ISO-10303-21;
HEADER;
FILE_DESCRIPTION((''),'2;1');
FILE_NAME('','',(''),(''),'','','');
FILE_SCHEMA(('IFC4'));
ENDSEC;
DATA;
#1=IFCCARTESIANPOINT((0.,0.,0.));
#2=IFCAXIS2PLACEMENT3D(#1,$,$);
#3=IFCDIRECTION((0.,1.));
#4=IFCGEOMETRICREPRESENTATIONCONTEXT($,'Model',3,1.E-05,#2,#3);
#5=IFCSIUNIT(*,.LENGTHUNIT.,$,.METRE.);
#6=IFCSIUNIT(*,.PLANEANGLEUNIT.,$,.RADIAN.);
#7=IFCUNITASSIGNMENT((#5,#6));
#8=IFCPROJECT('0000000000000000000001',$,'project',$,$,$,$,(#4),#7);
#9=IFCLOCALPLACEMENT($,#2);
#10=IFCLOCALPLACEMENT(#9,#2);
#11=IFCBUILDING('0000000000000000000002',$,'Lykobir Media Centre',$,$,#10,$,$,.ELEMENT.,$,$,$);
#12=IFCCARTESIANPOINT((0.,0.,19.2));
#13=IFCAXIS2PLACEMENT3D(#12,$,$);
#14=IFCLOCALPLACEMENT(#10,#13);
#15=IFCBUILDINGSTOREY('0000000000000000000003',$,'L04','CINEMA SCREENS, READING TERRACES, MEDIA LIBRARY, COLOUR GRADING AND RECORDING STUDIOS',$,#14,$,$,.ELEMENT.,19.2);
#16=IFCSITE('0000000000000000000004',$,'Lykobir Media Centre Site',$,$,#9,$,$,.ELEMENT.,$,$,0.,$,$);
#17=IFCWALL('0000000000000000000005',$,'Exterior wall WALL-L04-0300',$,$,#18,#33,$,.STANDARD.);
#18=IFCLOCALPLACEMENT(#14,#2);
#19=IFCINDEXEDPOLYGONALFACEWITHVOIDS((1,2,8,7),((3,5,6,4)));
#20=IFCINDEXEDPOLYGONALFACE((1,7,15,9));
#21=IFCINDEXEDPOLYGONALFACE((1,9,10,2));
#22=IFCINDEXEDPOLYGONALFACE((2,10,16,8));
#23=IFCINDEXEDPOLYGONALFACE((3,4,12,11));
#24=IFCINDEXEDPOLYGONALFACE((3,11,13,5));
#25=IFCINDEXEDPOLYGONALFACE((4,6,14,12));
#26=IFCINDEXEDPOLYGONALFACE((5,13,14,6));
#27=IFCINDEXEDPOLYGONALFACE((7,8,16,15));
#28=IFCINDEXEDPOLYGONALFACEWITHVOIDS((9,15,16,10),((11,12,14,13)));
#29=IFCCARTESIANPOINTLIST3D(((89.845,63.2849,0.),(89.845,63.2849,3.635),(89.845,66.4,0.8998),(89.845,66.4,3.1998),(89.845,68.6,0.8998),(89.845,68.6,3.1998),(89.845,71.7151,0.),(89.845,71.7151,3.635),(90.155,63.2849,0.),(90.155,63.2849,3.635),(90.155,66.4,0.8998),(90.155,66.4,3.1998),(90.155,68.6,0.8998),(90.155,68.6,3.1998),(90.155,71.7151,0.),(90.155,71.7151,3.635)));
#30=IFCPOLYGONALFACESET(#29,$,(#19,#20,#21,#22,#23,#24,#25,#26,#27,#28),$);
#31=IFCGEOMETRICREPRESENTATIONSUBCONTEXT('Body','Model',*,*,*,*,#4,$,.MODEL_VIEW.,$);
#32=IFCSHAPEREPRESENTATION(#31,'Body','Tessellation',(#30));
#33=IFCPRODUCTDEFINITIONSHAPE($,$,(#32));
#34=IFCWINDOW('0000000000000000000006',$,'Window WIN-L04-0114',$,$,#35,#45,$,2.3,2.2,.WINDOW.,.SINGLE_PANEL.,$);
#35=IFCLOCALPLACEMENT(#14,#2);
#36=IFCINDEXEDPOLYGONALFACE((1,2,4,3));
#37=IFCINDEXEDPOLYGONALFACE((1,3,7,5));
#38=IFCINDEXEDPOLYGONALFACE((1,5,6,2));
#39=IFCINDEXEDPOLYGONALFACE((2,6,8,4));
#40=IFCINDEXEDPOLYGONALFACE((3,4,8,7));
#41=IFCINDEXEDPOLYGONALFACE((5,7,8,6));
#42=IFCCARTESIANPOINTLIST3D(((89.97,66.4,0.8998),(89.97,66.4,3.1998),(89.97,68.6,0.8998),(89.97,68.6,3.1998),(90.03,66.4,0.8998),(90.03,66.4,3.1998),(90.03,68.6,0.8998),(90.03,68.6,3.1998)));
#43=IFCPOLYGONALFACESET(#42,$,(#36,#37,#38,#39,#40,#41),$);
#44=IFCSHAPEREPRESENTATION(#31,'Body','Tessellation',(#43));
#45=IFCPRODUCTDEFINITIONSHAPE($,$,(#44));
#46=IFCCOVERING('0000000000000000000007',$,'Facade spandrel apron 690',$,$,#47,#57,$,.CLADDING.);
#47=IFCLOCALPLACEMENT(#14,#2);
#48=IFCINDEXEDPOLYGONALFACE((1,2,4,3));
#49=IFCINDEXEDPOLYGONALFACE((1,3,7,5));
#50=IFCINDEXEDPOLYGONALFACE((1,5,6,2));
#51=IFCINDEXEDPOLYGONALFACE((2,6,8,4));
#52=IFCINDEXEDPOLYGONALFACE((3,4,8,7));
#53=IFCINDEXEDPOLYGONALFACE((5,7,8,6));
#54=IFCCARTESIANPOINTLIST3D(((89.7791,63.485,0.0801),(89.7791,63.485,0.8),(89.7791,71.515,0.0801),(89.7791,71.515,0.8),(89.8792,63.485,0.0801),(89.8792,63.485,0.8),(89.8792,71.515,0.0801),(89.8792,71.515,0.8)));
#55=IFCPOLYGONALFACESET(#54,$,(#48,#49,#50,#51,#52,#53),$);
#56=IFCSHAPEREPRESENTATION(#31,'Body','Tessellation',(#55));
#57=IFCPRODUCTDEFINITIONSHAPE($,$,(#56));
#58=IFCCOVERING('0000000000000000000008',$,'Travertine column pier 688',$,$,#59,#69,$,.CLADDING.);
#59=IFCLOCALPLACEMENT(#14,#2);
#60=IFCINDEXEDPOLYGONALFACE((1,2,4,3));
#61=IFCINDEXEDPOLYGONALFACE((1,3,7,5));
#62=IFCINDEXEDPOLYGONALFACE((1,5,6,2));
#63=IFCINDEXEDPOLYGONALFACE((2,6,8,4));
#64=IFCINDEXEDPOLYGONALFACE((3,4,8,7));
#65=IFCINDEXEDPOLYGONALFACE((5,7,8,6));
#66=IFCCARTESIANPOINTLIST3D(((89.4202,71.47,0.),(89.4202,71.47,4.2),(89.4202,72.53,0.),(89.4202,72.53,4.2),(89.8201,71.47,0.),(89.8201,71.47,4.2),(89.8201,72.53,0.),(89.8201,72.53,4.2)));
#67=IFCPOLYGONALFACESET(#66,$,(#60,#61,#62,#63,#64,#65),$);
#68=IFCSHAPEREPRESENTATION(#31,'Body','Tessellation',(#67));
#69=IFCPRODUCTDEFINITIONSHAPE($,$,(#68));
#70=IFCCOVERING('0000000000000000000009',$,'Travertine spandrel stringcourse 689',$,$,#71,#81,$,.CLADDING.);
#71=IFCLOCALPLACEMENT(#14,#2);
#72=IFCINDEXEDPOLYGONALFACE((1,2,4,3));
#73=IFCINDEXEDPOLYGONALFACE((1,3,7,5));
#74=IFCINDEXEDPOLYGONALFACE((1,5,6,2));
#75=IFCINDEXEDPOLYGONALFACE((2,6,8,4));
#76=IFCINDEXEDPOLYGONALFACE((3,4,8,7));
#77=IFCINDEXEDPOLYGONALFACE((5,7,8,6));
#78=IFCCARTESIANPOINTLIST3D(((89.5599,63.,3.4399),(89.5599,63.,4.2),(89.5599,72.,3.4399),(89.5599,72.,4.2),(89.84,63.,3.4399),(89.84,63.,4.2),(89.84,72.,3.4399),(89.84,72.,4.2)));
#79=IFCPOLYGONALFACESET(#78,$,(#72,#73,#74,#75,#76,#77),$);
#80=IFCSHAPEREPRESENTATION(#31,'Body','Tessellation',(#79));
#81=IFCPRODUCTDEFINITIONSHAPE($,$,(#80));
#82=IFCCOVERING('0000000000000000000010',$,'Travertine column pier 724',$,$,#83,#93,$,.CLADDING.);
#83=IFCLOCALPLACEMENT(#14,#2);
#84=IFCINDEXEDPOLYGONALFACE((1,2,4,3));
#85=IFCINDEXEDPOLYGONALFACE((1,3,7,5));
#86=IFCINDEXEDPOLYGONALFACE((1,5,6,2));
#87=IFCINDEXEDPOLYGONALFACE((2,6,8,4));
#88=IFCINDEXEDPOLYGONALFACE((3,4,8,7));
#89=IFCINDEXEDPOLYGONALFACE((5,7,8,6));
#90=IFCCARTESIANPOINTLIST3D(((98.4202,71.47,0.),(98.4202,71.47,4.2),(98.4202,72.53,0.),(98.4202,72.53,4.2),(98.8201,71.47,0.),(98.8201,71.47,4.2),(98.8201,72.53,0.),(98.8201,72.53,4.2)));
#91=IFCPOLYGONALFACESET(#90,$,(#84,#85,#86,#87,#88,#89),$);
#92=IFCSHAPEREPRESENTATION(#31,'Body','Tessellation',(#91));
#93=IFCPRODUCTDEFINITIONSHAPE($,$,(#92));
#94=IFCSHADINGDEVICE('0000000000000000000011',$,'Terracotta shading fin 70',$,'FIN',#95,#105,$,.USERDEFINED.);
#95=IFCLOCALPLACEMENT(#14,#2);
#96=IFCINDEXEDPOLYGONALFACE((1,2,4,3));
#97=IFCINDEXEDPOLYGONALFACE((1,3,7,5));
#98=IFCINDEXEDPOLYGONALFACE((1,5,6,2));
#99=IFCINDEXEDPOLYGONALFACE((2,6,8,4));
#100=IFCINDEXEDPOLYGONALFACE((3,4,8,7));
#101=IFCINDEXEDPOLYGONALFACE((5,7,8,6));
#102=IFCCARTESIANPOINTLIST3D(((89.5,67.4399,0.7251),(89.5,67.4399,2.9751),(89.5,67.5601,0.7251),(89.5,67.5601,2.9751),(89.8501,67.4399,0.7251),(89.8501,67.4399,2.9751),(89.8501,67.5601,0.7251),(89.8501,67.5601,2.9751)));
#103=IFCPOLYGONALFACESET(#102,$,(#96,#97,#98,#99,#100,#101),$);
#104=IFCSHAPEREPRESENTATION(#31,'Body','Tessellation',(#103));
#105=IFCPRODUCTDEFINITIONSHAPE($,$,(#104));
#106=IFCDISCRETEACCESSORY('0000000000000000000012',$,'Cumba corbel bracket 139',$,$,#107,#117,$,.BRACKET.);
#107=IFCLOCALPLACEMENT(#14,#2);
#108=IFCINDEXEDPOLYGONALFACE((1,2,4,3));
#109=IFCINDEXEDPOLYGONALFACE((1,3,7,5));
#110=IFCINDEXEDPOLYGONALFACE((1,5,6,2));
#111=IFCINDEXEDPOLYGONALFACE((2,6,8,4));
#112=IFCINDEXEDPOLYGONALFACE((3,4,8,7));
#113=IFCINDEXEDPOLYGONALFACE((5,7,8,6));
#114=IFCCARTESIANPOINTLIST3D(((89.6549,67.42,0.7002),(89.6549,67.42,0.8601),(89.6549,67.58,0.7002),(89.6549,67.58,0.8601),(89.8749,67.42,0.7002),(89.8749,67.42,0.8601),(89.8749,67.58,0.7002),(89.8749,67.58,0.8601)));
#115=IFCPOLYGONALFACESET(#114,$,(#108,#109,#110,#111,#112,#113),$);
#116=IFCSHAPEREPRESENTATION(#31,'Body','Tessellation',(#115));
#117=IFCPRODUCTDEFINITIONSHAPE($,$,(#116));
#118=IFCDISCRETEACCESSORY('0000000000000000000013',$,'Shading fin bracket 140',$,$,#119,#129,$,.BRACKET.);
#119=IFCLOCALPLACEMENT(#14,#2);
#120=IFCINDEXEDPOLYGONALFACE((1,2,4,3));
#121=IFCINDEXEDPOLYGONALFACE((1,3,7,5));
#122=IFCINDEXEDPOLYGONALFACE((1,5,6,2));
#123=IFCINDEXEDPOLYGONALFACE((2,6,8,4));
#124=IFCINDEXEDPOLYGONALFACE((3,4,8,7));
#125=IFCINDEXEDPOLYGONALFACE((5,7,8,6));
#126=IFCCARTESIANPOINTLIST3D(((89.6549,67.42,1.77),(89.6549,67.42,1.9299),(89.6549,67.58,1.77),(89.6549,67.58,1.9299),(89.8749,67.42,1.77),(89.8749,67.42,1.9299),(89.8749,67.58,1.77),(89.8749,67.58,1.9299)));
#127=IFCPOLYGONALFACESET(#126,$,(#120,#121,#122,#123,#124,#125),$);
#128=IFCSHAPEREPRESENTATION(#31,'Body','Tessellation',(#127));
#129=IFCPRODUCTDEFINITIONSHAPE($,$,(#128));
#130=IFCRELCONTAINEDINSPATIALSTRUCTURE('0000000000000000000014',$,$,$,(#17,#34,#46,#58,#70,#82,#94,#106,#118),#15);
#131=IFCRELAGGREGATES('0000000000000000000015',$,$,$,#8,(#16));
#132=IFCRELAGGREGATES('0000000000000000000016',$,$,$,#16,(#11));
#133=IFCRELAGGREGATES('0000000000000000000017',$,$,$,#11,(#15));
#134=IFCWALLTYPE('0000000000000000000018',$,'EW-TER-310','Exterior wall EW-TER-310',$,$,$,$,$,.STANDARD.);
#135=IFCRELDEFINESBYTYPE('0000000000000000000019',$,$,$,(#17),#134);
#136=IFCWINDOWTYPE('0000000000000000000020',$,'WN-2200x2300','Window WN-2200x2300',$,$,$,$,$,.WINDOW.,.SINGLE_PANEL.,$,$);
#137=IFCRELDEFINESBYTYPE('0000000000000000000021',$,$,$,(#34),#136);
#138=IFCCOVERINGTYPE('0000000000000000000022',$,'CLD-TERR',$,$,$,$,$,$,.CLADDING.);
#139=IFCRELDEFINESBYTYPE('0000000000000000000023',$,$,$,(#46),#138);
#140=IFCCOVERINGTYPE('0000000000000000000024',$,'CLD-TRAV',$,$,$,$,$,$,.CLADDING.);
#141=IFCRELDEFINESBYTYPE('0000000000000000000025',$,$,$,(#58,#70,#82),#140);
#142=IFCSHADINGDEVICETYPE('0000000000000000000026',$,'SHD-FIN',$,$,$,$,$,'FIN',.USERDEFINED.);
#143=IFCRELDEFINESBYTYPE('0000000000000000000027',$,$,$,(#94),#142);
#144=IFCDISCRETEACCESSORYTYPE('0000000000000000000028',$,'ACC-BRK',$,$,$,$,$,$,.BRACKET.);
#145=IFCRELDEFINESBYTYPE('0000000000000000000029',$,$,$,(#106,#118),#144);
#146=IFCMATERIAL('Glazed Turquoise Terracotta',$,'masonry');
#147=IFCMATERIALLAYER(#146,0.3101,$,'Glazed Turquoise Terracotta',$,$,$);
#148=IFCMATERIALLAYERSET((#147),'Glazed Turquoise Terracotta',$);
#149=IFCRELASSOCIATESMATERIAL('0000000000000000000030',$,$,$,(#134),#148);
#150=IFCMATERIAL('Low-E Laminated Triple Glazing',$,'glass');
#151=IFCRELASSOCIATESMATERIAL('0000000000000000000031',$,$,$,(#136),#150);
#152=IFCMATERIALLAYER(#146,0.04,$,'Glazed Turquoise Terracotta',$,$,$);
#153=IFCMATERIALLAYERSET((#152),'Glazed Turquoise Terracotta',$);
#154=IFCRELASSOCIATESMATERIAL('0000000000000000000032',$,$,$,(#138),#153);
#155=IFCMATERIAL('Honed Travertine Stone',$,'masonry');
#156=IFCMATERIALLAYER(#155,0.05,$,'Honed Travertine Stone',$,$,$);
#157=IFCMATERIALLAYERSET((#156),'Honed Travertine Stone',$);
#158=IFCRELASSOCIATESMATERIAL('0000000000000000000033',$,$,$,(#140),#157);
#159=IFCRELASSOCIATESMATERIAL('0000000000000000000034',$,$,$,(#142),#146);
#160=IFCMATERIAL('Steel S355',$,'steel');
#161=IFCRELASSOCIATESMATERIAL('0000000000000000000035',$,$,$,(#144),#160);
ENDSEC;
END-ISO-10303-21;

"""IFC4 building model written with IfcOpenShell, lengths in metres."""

from ifc_helpers import new_model, si_unit, direction, frame, frame_2d, origin, origin_2d, place, context, subcontext, project, spatial, rectangle, extrude, material, layer, layer_set, type_object, element, fill, save


model = new_model("IFC4")

# Units and contexts
model_context = context("Model", 3, precision=1e-05, world=origin(), true_north=direction((0.0, 1.0)))
body_context = subcontext(model_context, "Body", "Model", "MODEL_VIEW")
ifc_project = project(units=[si_unit("LENGTHUNIT", "METRE"), si_unit("PLANEANGLEUNIT", "RADIAN")], contexts=[model_context])

# Site, building, storey
site_placement = place(None, origin())
site = spatial("IfcSite", under=ifc_project, at=site_placement, Name="Lykobir Media Centre Site", CompositionType="ELEMENT", RefElevation=0.0)
building_placement = place(site_placement, origin())
building = spatial("IfcBuilding", under=site, at=building_placement, Name="Lykobir Media Centre", CompositionType="ELEMENT")
storey_placement = place(building_placement, frame((0.0, 0.0, 19.2)))
storey = spatial("IfcBuildingStorey", under=building, at=storey_placement, Name="L04", Description="CINEMA SCREENS, READING TERRACES, MEDIA LIBRARY, COLOUR GRADING AND RECORDING STUDIOS", CompositionType="ELEMENT", Elevation=19.2)

# Shared definitions
ifc_material_1 = material(Name="Steel S355", Category="steel")

# Shared definitions
ifc_material_2 = material(Name="Low-E Laminated Triple Glazing", Category="glass")

# Wall, opening, window
ifc_material_3 = material(Name="Glazed Turquoise Terracotta", Category="masonry")
ifc_layer_1 = layer(ifc_material_3, 0.3101, Name="Glazed Turquoise Terracotta")
ifc_layer_set_1 = layer_set([ifc_layer_1], Name="Glazed Turquoise Terracotta")
wall_type = type_object("IfcWallType", Name="EW-TER-310", Description="Exterior wall EW-TER-310", PredefinedType="STANDARD", material=ifc_layer_set_1)
wall_1_placement = place(storey_placement, frame((90.0, 71.7151, 0.0), z_axis=(0.0, 0.0, 1.0), x_axis=(0.0, -1.0, 0.0)))
wall_1 = element("IfcWall", 1, at=wall_1_placement, inside=storey, type_object=wall_type, Name="Exterior wall WALL-L04-0300", PredefinedType="STANDARD", context=body_context, shape_type="SweptSolid", body=[
    extrude(rectangle(XDim=8.4302, YDim=0.3101, at=frame_2d((4.2151, 0.0))), origin(), (0.0, 0.0, 1.0), 3.635),
])
opening_1_placement = place(wall_1_placement, frame((3.115, 0.0, 0.8999)))
opening_1 = element("IfcOpeningElement", 2, at=opening_1_placement, cuts=wall_1, PredefinedType="OPENING", context=body_context, shape_type="SweptSolid", body=[
    extrude(rectangle(XDim=2.2, YDim=2.3, at=frame_2d((1.1001, 1.1499))), frame((0.0, 0.165, 0.0), z_axis=(0.0, -1.0, 0.0), x_axis=(1.0, 0.0, 0.0)), (0.0, 0.0, 1.0), 0.3301),
])
window_type_1 = type_object("IfcWindowType", Name="WN-2200x2300", Description="Window WN-2200x2300", PartitioningType="SINGLE_PANEL", PredefinedType="WINDOW", material=ifc_material_2)
window_1_placement = place(opening_1_placement, origin())
window_1 = element("IfcWindow", 3, at=window_1_placement, inside=storey, type_object=window_type_1, Name="Window WIN-L04-0114", OverallHeight=2.3, OverallWidth=2.2, PartitioningType="SINGLE_PANEL", PredefinedType="WINDOW", context=body_context, shape_type="SweptSolid", body=[
    extrude(rectangle(XDim=2.2, YDim=2.3, at=frame_2d((1.1001, 1.1499))), frame((0.0, 0.03, 0.0), z_axis=(0.0, -1.0, 0.0), x_axis=(1.0, 0.0, 0.0)), (0.0, 0.0, 1.0), 0.0601),
])
fill(opening_1, window_1)

# Coverings
ifc_layer_2 = layer(ifc_material_3, 0.04, Name="Glazed Turquoise Terracotta")
ifc_layer_set_2 = layer_set([ifc_layer_2], Name="Glazed Turquoise Terracotta")
covering_type_1 = type_object("IfcCoveringType", Name="CLD-TERR", PredefinedType="CLADDING", material=ifc_layer_set_2)
covering_1_placement = place(storey_placement, frame((89.8291, 67.5, 0.0801), z_axis=(0.0, 0.0, 1.0), x_axis=(0.0, -1.0, 0.0)))
element("IfcCovering", 4, at=covering_1_placement, inside=storey, type_object=covering_type_1, Name="Facade spandrel apron 690", PredefinedType="CLADDING", context=body_context, shape_type="SweptSolid", body=[
    extrude(rectangle(XDim=8.03, YDim=0.1001, at=origin_2d()), origin(), (0.0, 0.0, 1.0), 0.72),
])
ifc_material_4 = material(Name="Honed Travertine Stone", Category="masonry")
ifc_layer_3 = layer(ifc_material_4, 0.05, Name="Honed Travertine Stone")
ifc_layer_set_3 = layer_set([ifc_layer_3], Name="Honed Travertine Stone")
covering_type_2 = type_object("IfcCoveringType", Name="CLD-TRAV", PredefinedType="CLADDING", material=ifc_layer_set_3)
covering_2_placement = place(storey_placement, frame((89.6201, 72.0, 0.0), z_axis=(0.0, 0.0, 1.0), x_axis=(0.0, -1.0, 0.0)))
element("IfcCovering", 5, at=covering_2_placement, inside=storey, type_object=covering_type_2, Name="Travertine column pier 688", PredefinedType="CLADDING", context=body_context, shape_type="SweptSolid", body=[
    extrude(rectangle(XDim=1.0601, YDim=0.3999, at=origin_2d()), origin(), (0.0, 0.0, 1.0), 4.2),
])
covering_3_placement = place(storey_placement, frame((89.7, 67.5, 3.4399), z_axis=(0.0, 0.0, 1.0), x_axis=(0.0, -1.0, 0.0)))
element("IfcCovering", 6, at=covering_3_placement, inside=storey, type_object=covering_type_2, Name="Travertine spandrel stringcourse 689", PredefinedType="CLADDING", context=body_context, shape_type="SweptSolid", body=[
    extrude(rectangle(XDim=9.0, YDim=0.28, at=origin_2d()), origin(), (0.0, 0.0, 1.0), 0.76),
])
covering_4_placement = place(storey_placement, frame((98.6201, 72.0, 0.0), z_axis=(0.0, 0.0, 1.0), x_axis=(0.0, -1.0, 0.0)))
element("IfcCovering", 7, at=covering_4_placement, inside=storey, type_object=covering_type_2, Name="Travertine column pier 724", PredefinedType="CLADDING", context=body_context, shape_type="SweptSolid", body=[
    extrude(rectangle(XDim=1.0601, YDim=0.3999, at=origin_2d()), origin(), (0.0, 0.0, 1.0), 4.2),
])

# Shading device
shading_device_type = type_object("IfcShadingDeviceType", Name="SHD-FIN", ElementType="FIN", PredefinedType="USERDEFINED", material=ifc_material_3)
shading_device_placement = place(storey_placement, frame((89.675, 67.5, 0.7251), z_axis=(0.0, 0.0, 1.0), x_axis=(0.0, -1.0, 0.0)))
element("IfcShadingDevice", 8, at=shading_device_placement, inside=storey, type_object=shading_device_type, Name="Terracotta shading fin 70", ObjectType="FIN", PredefinedType="USERDEFINED", context=body_context, shape_type="SweptSolid", body=[
    extrude(rectangle(XDim=0.1201, YDim=0.3501, at=origin_2d()), origin(), (0.0, 0.0, 1.0), 2.25),
])

# Discrete accessories
discrete_accessory_type = type_object("IfcDiscreteAccessoryType", Name="ACC-BRK", PredefinedType="BRACKET", material=ifc_material_1)
for number, where, z_axis, x_axis, name in (
    (9, (89.7649, 67.5, 0.7002), (0.0, 0.0, 1.0), (0.0, -1.0, 0.0), "Cumba corbel bracket 139"),
    (10, (89.7649, 67.5, 1.77), (0.0, 0.0, 1.0), (0.0, -1.0, 0.0), "Shading fin bracket 140"),
):
    element("IfcDiscreteAccessory", number, at=place(storey_placement, frame(where, z_axis=z_axis, x_axis=x_axis)), inside=storey, type_object=discrete_accessory_type, Name=name, PredefinedType="BRACKET", context=body_context, shape_type="SweptSolid", body=[
        extrude(rectangle(XDim=0.1599, YDim=0.22, at=origin_2d()), origin(), (0.0, 0.0, 1.0), 0.1599),
    ])

save(model, "model.ifc")
